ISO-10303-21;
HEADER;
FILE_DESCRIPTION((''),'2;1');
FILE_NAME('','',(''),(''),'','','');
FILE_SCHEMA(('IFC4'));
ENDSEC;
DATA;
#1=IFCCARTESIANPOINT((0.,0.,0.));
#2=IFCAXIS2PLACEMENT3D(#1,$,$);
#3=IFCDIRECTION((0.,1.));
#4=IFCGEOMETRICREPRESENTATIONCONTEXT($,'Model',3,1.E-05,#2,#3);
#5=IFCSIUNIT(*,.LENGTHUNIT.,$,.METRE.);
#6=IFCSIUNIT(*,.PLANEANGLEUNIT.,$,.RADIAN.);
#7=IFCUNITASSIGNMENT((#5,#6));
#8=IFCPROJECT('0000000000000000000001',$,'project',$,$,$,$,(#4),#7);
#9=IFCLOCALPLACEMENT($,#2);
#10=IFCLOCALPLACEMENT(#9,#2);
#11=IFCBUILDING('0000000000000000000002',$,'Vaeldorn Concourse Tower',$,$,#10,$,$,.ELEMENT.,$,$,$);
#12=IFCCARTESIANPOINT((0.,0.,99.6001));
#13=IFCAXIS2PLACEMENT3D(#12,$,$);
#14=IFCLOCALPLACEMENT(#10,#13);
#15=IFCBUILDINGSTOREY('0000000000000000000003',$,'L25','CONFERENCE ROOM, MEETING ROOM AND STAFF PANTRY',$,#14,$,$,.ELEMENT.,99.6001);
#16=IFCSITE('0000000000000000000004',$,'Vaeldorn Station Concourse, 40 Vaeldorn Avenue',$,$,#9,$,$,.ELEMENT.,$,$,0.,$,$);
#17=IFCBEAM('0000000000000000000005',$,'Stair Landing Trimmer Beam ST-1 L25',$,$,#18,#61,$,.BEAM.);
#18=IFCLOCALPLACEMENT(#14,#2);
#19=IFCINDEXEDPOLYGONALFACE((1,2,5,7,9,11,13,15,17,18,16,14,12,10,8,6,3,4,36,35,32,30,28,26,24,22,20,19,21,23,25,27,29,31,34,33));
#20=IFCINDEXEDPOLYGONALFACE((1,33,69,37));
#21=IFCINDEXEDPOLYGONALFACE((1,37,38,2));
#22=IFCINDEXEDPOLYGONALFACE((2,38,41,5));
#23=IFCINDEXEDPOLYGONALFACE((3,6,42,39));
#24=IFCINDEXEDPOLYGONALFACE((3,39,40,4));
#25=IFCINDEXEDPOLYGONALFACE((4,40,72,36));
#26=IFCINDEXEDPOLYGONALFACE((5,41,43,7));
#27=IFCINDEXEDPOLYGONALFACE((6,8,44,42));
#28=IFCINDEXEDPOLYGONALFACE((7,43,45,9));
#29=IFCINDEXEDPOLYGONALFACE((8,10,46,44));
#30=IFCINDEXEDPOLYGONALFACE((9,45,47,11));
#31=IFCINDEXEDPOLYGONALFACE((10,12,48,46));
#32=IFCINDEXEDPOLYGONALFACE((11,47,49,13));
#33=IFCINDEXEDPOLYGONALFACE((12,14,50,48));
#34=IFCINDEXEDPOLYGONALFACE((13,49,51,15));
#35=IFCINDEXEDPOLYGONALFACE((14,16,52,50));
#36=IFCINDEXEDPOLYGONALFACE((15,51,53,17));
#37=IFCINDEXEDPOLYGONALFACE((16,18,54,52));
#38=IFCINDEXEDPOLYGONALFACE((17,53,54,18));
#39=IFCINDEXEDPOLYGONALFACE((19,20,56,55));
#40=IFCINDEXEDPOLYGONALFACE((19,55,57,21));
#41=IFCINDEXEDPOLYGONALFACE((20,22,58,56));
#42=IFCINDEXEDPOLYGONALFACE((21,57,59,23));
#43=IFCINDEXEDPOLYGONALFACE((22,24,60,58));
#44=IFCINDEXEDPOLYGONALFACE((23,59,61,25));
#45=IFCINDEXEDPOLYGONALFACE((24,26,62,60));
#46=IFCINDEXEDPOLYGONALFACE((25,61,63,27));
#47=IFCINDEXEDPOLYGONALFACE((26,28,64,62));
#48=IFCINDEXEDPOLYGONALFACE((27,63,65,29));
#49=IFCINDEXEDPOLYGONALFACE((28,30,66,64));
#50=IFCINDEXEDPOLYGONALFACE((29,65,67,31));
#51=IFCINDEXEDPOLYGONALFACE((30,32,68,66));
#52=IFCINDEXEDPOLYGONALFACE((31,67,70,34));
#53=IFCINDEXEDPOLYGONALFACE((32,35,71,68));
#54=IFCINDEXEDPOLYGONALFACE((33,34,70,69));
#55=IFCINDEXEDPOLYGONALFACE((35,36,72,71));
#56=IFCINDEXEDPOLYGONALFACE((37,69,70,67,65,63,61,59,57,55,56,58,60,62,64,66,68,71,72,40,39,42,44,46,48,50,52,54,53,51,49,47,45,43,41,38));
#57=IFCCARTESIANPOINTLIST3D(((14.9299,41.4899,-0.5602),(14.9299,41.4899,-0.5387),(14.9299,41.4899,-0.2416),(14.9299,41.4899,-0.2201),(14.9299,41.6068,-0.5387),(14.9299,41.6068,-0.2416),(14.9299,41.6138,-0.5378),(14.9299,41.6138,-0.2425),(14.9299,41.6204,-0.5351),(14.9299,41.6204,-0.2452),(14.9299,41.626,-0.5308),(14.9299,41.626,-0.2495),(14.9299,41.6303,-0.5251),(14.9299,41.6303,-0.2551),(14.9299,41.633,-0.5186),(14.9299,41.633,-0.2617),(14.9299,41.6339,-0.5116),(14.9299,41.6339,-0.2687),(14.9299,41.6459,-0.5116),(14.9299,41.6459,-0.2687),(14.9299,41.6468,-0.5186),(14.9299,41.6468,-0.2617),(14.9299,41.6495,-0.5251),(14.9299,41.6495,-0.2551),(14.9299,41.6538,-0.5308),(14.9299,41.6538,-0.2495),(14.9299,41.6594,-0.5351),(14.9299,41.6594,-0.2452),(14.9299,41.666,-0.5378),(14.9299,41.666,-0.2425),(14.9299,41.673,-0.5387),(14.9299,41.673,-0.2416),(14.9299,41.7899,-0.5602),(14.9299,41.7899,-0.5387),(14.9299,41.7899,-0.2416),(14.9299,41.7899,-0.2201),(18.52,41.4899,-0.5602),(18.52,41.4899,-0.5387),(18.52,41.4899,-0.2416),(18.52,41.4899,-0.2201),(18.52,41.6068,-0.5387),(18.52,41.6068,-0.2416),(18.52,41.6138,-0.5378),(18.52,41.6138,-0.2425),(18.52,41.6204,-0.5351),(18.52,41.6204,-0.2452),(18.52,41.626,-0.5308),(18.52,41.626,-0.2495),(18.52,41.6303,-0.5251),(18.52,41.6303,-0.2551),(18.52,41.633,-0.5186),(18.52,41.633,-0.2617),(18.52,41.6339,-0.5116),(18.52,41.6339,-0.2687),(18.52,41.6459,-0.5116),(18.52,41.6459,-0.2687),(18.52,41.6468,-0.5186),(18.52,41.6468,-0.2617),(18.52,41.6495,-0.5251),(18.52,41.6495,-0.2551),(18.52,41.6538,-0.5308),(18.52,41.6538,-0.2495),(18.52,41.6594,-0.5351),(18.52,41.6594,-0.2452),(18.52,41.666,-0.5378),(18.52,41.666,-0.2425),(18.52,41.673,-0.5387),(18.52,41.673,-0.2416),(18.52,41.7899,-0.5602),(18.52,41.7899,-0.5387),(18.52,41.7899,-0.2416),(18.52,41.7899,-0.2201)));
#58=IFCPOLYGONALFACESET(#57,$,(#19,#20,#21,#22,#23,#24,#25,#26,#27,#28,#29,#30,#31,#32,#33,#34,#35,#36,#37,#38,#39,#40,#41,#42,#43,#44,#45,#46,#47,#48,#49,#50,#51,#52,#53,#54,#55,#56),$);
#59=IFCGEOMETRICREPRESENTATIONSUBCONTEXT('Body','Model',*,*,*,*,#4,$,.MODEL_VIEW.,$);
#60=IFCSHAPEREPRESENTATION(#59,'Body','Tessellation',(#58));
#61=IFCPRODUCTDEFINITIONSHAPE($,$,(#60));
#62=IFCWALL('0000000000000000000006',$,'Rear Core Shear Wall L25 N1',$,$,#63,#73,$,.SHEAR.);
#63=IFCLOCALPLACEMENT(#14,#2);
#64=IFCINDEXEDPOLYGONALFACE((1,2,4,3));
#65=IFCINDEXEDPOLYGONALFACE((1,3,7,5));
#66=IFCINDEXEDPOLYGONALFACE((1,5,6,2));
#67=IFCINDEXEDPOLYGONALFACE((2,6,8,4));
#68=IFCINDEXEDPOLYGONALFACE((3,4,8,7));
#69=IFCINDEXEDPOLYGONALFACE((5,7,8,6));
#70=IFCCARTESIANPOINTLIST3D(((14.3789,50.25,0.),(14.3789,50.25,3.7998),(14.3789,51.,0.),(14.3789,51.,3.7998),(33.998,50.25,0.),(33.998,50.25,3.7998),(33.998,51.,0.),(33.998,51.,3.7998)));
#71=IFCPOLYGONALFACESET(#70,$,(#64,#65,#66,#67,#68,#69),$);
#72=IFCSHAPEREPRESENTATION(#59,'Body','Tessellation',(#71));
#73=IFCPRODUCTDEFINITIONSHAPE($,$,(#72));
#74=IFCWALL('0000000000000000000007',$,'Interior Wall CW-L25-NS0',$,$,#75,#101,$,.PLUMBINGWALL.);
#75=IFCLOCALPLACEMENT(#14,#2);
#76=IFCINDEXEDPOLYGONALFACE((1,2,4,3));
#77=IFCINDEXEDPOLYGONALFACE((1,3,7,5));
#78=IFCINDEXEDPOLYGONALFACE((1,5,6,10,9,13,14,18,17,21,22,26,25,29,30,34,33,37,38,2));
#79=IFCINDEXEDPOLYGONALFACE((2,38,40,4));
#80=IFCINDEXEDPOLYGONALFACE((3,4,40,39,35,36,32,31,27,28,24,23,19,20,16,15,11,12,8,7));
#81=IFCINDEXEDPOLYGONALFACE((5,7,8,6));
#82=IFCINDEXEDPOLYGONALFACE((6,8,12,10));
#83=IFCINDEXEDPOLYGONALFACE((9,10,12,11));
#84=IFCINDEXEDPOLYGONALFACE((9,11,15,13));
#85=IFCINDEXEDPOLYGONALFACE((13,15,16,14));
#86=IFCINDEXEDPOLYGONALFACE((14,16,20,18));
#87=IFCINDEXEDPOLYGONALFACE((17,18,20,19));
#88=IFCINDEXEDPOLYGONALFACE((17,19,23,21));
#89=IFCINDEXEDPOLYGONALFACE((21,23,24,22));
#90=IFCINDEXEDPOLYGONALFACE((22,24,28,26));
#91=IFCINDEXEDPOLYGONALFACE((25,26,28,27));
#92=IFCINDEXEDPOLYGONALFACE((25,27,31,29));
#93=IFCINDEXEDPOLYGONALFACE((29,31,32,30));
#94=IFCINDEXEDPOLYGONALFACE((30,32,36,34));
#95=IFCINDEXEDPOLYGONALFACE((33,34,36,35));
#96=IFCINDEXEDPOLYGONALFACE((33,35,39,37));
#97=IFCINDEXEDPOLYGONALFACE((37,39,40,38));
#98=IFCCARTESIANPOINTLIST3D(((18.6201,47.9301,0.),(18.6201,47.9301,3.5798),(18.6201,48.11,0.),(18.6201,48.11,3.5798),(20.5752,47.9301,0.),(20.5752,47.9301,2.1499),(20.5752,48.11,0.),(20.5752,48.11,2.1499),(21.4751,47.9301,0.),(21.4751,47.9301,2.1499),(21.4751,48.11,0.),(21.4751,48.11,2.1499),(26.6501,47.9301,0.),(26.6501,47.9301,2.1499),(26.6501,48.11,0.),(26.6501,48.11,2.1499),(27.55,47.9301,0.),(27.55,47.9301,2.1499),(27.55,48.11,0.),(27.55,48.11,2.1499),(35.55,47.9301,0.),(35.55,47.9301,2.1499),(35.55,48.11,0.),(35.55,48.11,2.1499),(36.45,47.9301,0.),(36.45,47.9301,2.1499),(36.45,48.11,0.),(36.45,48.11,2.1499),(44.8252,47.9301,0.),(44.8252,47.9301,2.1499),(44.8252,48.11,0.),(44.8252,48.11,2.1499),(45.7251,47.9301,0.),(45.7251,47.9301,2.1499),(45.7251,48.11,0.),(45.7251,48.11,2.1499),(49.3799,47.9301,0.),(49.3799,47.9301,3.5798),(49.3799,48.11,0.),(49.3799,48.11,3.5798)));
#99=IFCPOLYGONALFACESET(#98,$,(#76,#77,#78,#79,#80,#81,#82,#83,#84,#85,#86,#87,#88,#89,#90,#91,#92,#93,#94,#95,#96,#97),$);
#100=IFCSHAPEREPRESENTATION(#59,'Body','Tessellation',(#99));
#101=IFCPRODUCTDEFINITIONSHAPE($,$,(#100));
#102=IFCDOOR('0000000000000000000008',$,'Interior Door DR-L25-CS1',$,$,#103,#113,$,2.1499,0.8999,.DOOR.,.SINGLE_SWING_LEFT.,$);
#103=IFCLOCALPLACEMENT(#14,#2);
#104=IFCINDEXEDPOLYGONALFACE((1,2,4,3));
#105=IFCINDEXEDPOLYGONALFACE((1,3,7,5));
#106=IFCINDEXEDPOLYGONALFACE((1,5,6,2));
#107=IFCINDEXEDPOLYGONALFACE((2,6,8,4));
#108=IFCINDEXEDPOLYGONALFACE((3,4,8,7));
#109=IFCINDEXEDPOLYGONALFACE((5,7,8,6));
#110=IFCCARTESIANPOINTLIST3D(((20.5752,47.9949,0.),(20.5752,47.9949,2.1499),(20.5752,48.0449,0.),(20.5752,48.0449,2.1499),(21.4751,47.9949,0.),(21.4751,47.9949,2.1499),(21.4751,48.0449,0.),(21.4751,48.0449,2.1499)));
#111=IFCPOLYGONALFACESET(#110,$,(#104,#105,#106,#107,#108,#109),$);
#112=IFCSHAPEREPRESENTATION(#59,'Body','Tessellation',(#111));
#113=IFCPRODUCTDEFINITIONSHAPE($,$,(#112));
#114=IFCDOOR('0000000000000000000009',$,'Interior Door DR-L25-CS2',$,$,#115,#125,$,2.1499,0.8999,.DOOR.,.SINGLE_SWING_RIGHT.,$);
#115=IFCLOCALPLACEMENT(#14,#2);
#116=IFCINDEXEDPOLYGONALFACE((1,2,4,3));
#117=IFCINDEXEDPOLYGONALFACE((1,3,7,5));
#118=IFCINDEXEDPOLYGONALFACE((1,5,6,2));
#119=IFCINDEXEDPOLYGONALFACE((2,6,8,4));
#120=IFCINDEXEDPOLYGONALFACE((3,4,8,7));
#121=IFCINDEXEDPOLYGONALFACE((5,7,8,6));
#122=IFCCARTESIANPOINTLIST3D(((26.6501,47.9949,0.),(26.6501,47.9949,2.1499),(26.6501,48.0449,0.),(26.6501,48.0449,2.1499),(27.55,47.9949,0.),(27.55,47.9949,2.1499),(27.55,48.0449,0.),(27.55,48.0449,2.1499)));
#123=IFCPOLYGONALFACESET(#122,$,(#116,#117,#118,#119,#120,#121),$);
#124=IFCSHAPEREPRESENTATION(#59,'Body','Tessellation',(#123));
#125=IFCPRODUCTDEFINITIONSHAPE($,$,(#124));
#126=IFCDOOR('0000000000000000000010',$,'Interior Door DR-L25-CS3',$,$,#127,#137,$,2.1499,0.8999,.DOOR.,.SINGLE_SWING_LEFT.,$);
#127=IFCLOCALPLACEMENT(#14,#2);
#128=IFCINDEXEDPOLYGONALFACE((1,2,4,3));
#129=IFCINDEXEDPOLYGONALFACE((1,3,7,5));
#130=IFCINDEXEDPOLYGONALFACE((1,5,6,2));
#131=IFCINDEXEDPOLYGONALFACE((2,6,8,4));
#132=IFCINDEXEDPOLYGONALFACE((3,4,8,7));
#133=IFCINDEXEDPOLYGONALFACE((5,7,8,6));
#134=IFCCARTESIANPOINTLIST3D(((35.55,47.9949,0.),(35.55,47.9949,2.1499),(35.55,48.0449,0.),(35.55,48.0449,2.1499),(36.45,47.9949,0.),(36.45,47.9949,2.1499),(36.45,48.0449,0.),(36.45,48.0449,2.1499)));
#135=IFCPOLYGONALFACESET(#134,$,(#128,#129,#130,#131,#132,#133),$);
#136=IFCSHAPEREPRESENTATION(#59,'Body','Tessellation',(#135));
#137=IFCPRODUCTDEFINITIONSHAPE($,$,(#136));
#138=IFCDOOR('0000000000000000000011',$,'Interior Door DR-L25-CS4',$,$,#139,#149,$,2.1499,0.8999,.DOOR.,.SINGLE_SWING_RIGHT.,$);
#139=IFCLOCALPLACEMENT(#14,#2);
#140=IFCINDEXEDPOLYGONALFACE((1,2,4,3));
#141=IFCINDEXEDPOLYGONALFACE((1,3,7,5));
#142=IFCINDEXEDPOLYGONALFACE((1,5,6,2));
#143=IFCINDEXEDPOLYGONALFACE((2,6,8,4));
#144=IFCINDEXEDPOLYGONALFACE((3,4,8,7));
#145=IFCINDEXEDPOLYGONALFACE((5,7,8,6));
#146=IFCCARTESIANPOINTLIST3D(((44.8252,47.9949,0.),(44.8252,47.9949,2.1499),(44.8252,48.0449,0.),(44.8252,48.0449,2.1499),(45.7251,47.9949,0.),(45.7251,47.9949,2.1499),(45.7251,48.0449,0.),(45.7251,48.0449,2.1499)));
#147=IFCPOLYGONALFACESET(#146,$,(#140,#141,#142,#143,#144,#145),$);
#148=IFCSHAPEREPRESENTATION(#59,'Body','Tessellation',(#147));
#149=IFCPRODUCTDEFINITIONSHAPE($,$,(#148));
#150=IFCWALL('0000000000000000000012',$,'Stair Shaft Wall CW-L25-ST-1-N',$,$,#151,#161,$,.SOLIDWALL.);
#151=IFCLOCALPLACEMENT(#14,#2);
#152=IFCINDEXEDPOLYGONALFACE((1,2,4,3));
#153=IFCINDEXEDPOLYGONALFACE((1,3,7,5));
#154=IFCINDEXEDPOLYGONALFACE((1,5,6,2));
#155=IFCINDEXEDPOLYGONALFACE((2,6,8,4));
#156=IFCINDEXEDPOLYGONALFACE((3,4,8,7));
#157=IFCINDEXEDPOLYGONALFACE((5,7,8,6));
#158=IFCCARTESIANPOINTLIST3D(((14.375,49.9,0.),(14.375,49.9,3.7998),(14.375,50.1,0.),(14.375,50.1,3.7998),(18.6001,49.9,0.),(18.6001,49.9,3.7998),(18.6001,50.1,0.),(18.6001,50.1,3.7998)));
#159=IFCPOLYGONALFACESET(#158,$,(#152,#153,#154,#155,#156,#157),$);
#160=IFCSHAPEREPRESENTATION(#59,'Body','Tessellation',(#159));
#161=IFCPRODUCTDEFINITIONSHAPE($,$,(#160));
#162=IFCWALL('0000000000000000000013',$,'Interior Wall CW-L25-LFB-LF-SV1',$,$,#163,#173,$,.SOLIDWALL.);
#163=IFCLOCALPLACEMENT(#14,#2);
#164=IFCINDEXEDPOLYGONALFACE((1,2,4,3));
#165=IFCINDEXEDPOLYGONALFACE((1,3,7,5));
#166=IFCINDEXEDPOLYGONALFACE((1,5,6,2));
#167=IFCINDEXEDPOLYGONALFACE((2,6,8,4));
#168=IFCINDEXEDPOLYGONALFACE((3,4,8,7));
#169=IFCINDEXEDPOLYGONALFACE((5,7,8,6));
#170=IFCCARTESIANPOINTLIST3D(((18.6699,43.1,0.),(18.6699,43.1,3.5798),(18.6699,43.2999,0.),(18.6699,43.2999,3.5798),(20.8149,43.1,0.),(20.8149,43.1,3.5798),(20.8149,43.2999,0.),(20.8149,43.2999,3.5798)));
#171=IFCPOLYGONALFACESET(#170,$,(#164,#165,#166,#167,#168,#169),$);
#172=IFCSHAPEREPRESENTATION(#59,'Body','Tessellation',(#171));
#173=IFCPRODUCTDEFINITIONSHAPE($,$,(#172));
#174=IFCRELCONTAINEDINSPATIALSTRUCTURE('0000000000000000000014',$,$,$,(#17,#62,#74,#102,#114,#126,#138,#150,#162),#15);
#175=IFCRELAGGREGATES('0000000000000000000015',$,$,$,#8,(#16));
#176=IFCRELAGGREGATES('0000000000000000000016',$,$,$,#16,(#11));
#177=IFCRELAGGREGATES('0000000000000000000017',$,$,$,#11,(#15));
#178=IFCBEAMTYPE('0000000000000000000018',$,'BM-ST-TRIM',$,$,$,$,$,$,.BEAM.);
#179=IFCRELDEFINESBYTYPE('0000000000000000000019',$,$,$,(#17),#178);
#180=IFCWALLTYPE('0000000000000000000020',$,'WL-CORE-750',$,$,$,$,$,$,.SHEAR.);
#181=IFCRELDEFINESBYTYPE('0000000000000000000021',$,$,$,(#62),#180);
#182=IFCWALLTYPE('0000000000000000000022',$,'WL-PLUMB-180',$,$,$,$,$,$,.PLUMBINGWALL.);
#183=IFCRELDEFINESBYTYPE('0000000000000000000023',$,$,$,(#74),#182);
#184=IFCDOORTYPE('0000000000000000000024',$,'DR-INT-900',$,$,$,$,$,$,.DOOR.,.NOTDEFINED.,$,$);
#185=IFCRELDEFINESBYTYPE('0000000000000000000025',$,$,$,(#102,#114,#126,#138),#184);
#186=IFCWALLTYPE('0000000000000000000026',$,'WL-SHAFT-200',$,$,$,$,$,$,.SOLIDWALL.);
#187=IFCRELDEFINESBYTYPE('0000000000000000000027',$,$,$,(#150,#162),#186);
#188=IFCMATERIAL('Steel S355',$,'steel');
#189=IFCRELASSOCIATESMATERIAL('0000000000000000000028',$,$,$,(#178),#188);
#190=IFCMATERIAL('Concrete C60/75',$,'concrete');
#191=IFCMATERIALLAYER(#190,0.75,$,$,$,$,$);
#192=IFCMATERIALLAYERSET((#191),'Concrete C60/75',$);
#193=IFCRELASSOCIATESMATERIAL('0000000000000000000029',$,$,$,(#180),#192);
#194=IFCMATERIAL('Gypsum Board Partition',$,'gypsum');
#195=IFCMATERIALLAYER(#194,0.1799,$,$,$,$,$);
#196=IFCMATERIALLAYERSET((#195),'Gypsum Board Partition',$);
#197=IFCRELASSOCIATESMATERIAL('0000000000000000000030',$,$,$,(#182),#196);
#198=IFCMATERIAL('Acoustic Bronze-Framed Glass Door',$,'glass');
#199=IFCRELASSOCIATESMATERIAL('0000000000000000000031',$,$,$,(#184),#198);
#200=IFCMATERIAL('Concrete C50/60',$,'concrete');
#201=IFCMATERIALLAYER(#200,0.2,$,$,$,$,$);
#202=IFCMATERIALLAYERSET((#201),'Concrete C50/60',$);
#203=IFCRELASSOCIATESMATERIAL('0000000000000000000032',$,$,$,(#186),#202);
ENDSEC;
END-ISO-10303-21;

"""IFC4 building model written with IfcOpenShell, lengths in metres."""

from ifc_helpers import new_model, si_unit, direction, frame, frame_2d, origin, origin_2d, place, context, subcontext, project, spatial, rectangle, i_section, extrude, source, transform, mapped, material, layer, layer_set, material_profile, profile_set, type_object, element, fill, save


model = new_model("IFC4")

# Units and contexts
model_context = context("Model", 3, precision=1e-05, world=origin(), true_north=direction((0.0, 1.0)))
body_context = subcontext(model_context, "Body", "Model", "MODEL_VIEW")
ifc_project = project(units=[si_unit("LENGTHUNIT", "METRE"), si_unit("PLANEANGLEUNIT", "RADIAN")], contexts=[model_context])

# Site, building, storey
site_placement = place(None, origin())
site = spatial("IfcSite", under=ifc_project, at=site_placement, Name="Vaeldorn Station Concourse, 40 Vaeldorn Avenue", CompositionType="ELEMENT", RefElevation=0.0)
building_placement = place(site_placement, origin())
building = spatial("IfcBuilding", under=site, at=building_placement, Name="Vaeldorn Concourse Tower", CompositionType="ELEMENT")
storey_placement = place(building_placement, frame((0.0, 0.0, 99.6001)))
storey = spatial("IfcBuildingStorey", under=building, at=storey_placement, Name="L25", Description="CONFERENCE ROOM, MEETING ROOM AND STAFF PANTRY", CompositionType="ELEMENT", Elevation=99.6001)

# Beam
ifc_material_1 = material(Name="Steel S355", Category="steel")
ifc_material_profile = material_profile(ifc_material_1, i_section(OverallWidth=0.3, OverallDepth=0.3401, WebThickness=0.012, FlangeThickness=0.0215, FilletRadius=0.0271, at=origin_2d()), Name="HEB 340")
ifc_profile_set = profile_set([ifc_material_profile], Name="Steel S355")
beam_type = type_object("IfcBeamType", Name="BM-ST-TRIM", PredefinedType="BEAM", material=ifc_profile_set)
shared_shape_1 = source(origin(), body_context, "Body", "SweptSolid", [
    extrude(i_section(OverallWidth=0.3, OverallDepth=0.3401, WebThickness=0.012, FlangeThickness=0.0215, FilletRadius=0.0271, at=origin_2d()), origin(), (0.0, 0.0, 1.0), 3.5901),
])
beam_placement = place(storey_placement, frame((14.9299, 41.6399, -0.3901), z_axis=(1.0, 0.0, 0.0), x_axis=(0.0, 1.0, 0.0)))
element("IfcBeam", 1, at=beam_placement, inside=storey, type_object=beam_type, Name="Stair Landing Trimmer Beam ST-1 L25", PredefinedType="BEAM", context=body_context, shape_type="MappedRepresentation", body=[
    mapped(shared_shape_1, transform((0.0, 0.0, 0.0), scale=1.0)),
])

# Wall
ifc_material_2 = material(Name="Concrete C60/75", Category="concrete")
ifc_layer_1 = layer(ifc_material_2, 0.75)
ifc_layer_set_1 = layer_set([ifc_layer_1], Name="Concrete C60/75")
wall_type_1 = type_object("IfcWallType", Name="WL-CORE-750", PredefinedType="SHEAR", material=ifc_layer_set_1)
wall_1_placement = place(storey_placement, frame((14.3789, 50.625, 0.0), z_axis=(0.0, 0.0, 1.0), x_axis=(1.0, 0.0, 0.0)))
element("IfcWall", 2, at=wall_1_placement, inside=storey, type_object=wall_type_1, Name="Rear Core Shear Wall L25 N1", PredefinedType="SHEAR", context=body_context, shape_type="SweptSolid", body=[
    extrude(rectangle(XDim=19.6191, YDim=0.75, at=frame_2d((9.8096, 0.0))), origin(), (0.0, 0.0, 1.0), 3.7998),
])

# Wall, openings, doors
ifc_material_3 = material(Name="Gypsum Board Partition", Category="gypsum")
ifc_layer_2 = layer(ifc_material_3, 0.1799)
ifc_layer_set_2 = layer_set([ifc_layer_2], Name="Gypsum Board Partition")
wall_type_2 = type_object("IfcWallType", Name="WL-PLUMB-180", PredefinedType="PLUMBINGWALL", material=ifc_layer_set_2)
wall_2_placement = place(storey_placement, frame((18.6201, 48.02, 0.0), z_axis=(0.0, 0.0, 1.0), x_axis=(1.0, 0.0, 0.0)))
wall_2 = element("IfcWall", 3, at=wall_2_placement, inside=storey, type_object=wall_type_2, Name="Interior Wall CW-L25-NS0", PredefinedType="PLUMBINGWALL", context=body_context, shape_type="SweptSolid", body=[
    extrude(rectangle(XDim=30.7598, YDim=0.1799, at=frame_2d((15.3799, 0.0))), origin(), (0.0, 0.0, 1.0), 3.5798),
])
opening_1_placement = place(wall_2_placement, frame((1.9551, 0.0, 0.0)))
opening_1 = element("IfcOpeningElement", 4, at=opening_1_placement, cuts=wall_2, PredefinedType="OPENING", context=body_context, shape_type="SweptSolid", body=[
    extrude(rectangle(XDim=0.8999, YDim=2.1499, at=frame_2d((0.45, 1.075))), frame((0.0, 0.1001, 0.0), z_axis=(0.0, -1.0, 0.0), x_axis=(1.0, 0.0, 0.0)), (0.0, 0.0, 1.0), 0.2),
])
opening_2_placement = place(wall_2_placement, frame((8.03, 0.0, 0.0)))
opening_2 = element("IfcOpeningElement", 5, at=opening_2_placement, cuts=wall_2, PredefinedType="OPENING", context=body_context, shape_type="SweptSolid", body=[
    extrude(rectangle(XDim=0.8999, YDim=2.1499, at=frame_2d((0.45, 1.075))), frame((0.0, 0.1001, 0.0), z_axis=(0.0, -1.0, 0.0), x_axis=(1.0, 0.0, 0.0)), (0.0, 0.0, 1.0), 0.2),
])
opening_3_placement = place(wall_2_placement, frame((16.9299, 0.0, 0.0)))
opening_3 = element("IfcOpeningElement", 6, at=opening_3_placement, cuts=wall_2, PredefinedType="OPENING", context=body_context, shape_type="SweptSolid", body=[
    extrude(rectangle(XDim=0.8999, YDim=2.1499, at=frame_2d((0.45, 1.075))), frame((0.0, 0.1001, 0.0), z_axis=(0.0, -1.0, 0.0), x_axis=(1.0, 0.0, 0.0)), (0.0, 0.0, 1.0), 0.2),
])
opening_4_placement = place(wall_2_placement, frame((26.2051, 0.0, 0.0)))
opening_4 = element("IfcOpeningElement", 7, at=opening_4_placement, cuts=wall_2, PredefinedType="OPENING", context=body_context, shape_type="SweptSolid", body=[
    extrude(rectangle(XDim=0.8999, YDim=2.1499, at=frame_2d((0.45, 1.075))), frame((0.0, 0.1001, 0.0), z_axis=(0.0, -1.0, 0.0), x_axis=(1.0, 0.0, 0.0)), (0.0, 0.0, 1.0), 0.2),
])
ifc_material_4 = material(Name="Acoustic Bronze-Framed Glass Door", Category="glass")
door_type_1 = type_object("IfcDoorType", Name="DR-INT-900", OperationType="NOTDEFINED", PredefinedType="DOOR", material=ifc_material_4)
shared_shape_2 = source(origin(), body_context, "Body", "SweptSolid", [
    extrude(rectangle(XDim=0.8999, YDim=2.1499, at=frame_2d((0.45, 1.075))), frame((0.0, 0.0249, 0.0), z_axis=(0.0, -1.0, 0.0), x_axis=(1.0, 0.0, 0.0)), (0.0, 0.0, 1.0), 0.05),
])
door_1_placement = place(opening_1_placement, origin())
door_1 = element("IfcDoor", 8, at=door_1_placement, inside=storey, type_object=door_type_1, Name="Interior Door DR-L25-CS1", OperationType="SINGLE_SWING_LEFT", OverallHeight=2.1499, OverallWidth=0.8999, PredefinedType="DOOR", context=body_context, shape_type="MappedRepresentation", body=[
    mapped(shared_shape_2, transform((0.0, 0.0, 0.0), scale=1.0)),
])
fill(opening_1, door_1)
door_2_placement = place(opening_2_placement, origin())
door_2 = element("IfcDoor", 9, at=door_2_placement, inside=storey, type_object=door_type_1, Name="Interior Door DR-L25-CS2", OperationType="SINGLE_SWING_RIGHT", OverallHeight=2.1499, OverallWidth=0.8999, PredefinedType="DOOR", context=body_context, shape_type="MappedRepresentation", body=[
    mapped(shared_shape_2, transform((0.0, 0.0, 0.0), scale=1.0)),
])
fill(opening_2, door_2)
door_3_placement = place(opening_3_placement, origin())
door_3 = element("IfcDoor", 10, at=door_3_placement, inside=storey, type_object=door_type_1, Name="Interior Door DR-L25-CS3", OperationType="SINGLE_SWING_LEFT", OverallHeight=2.1499, OverallWidth=0.8999, PredefinedType="DOOR", context=body_context, shape_type="MappedRepresentation", body=[
    mapped(shared_shape_2, transform((0.0, 0.0, 0.0), scale=1.0)),
])
fill(opening_3, door_3)
door_4_placement = place(opening_4_placement, origin())
door_4 = element("IfcDoor", 11, at=door_4_placement, inside=storey, type_object=door_type_1, Name="Interior Door DR-L25-CS4", OperationType="SINGLE_SWING_RIGHT", OverallHeight=2.1499, OverallWidth=0.8999, PredefinedType="DOOR", context=body_context, shape_type="MappedRepresentation", body=[
    mapped(shared_shape_2, transform((0.0, 0.0, 0.0), scale=1.0)),
])
fill(opening_4, door_4)

# Wall
ifc_material_5 = material(Name="Concrete C50/60", Category="concrete")
ifc_layer_3 = layer(ifc_material_5, 0.2)
ifc_layer_set_3 = layer_set([ifc_layer_3], Name="Concrete C50/60")
wall_type_3 = type_object("IfcWallType", Name="WL-SHAFT-200", PredefinedType="SOLIDWALL", material=ifc_layer_set_3)
wall_3_placement = place(storey_placement, frame((14.375, 50.0, 0.0), z_axis=(0.0, 0.0, 1.0), x_axis=(1.0, 0.0, 0.0)))
element("IfcWall", 12, at=wall_3_placement, inside=storey, type_object=wall_type_3, Name="Stair Shaft Wall CW-L25-ST-1-N", PredefinedType="SOLIDWALL", context=body_context, shape_type="SweptSolid", body=[
    extrude(rectangle(XDim=4.2251, YDim=0.2, at=frame_2d((2.1125, 0.0))), origin(), (0.0, 0.0, 1.0), 3.7998),
])

# Wall
for number, where, z_axis, x_axis, name in (
    (13, (18.6699, 43.2, 0.0), (0.0, 0.0, 1.0), (1.0, 0.0, 0.0), "Interior Wall CW-L25-LFB-LF-SV1"),
):
    element("IfcWall", number, at=place(storey_placement, frame(where, z_axis=z_axis, x_axis=x_axis)), inside=storey, type_object=wall_type_3, Name=name, PredefinedType="SOLIDWALL", context=body_context, shape_type="SweptSolid", body=[
        extrude(rectangle(XDim=2.145, YDim=0.2, at=frame_2d((1.0725, 0.0))), origin(), (0.0, 0.0, 1.0), 3.5798),
    ])

save(model, "model.ifc")
